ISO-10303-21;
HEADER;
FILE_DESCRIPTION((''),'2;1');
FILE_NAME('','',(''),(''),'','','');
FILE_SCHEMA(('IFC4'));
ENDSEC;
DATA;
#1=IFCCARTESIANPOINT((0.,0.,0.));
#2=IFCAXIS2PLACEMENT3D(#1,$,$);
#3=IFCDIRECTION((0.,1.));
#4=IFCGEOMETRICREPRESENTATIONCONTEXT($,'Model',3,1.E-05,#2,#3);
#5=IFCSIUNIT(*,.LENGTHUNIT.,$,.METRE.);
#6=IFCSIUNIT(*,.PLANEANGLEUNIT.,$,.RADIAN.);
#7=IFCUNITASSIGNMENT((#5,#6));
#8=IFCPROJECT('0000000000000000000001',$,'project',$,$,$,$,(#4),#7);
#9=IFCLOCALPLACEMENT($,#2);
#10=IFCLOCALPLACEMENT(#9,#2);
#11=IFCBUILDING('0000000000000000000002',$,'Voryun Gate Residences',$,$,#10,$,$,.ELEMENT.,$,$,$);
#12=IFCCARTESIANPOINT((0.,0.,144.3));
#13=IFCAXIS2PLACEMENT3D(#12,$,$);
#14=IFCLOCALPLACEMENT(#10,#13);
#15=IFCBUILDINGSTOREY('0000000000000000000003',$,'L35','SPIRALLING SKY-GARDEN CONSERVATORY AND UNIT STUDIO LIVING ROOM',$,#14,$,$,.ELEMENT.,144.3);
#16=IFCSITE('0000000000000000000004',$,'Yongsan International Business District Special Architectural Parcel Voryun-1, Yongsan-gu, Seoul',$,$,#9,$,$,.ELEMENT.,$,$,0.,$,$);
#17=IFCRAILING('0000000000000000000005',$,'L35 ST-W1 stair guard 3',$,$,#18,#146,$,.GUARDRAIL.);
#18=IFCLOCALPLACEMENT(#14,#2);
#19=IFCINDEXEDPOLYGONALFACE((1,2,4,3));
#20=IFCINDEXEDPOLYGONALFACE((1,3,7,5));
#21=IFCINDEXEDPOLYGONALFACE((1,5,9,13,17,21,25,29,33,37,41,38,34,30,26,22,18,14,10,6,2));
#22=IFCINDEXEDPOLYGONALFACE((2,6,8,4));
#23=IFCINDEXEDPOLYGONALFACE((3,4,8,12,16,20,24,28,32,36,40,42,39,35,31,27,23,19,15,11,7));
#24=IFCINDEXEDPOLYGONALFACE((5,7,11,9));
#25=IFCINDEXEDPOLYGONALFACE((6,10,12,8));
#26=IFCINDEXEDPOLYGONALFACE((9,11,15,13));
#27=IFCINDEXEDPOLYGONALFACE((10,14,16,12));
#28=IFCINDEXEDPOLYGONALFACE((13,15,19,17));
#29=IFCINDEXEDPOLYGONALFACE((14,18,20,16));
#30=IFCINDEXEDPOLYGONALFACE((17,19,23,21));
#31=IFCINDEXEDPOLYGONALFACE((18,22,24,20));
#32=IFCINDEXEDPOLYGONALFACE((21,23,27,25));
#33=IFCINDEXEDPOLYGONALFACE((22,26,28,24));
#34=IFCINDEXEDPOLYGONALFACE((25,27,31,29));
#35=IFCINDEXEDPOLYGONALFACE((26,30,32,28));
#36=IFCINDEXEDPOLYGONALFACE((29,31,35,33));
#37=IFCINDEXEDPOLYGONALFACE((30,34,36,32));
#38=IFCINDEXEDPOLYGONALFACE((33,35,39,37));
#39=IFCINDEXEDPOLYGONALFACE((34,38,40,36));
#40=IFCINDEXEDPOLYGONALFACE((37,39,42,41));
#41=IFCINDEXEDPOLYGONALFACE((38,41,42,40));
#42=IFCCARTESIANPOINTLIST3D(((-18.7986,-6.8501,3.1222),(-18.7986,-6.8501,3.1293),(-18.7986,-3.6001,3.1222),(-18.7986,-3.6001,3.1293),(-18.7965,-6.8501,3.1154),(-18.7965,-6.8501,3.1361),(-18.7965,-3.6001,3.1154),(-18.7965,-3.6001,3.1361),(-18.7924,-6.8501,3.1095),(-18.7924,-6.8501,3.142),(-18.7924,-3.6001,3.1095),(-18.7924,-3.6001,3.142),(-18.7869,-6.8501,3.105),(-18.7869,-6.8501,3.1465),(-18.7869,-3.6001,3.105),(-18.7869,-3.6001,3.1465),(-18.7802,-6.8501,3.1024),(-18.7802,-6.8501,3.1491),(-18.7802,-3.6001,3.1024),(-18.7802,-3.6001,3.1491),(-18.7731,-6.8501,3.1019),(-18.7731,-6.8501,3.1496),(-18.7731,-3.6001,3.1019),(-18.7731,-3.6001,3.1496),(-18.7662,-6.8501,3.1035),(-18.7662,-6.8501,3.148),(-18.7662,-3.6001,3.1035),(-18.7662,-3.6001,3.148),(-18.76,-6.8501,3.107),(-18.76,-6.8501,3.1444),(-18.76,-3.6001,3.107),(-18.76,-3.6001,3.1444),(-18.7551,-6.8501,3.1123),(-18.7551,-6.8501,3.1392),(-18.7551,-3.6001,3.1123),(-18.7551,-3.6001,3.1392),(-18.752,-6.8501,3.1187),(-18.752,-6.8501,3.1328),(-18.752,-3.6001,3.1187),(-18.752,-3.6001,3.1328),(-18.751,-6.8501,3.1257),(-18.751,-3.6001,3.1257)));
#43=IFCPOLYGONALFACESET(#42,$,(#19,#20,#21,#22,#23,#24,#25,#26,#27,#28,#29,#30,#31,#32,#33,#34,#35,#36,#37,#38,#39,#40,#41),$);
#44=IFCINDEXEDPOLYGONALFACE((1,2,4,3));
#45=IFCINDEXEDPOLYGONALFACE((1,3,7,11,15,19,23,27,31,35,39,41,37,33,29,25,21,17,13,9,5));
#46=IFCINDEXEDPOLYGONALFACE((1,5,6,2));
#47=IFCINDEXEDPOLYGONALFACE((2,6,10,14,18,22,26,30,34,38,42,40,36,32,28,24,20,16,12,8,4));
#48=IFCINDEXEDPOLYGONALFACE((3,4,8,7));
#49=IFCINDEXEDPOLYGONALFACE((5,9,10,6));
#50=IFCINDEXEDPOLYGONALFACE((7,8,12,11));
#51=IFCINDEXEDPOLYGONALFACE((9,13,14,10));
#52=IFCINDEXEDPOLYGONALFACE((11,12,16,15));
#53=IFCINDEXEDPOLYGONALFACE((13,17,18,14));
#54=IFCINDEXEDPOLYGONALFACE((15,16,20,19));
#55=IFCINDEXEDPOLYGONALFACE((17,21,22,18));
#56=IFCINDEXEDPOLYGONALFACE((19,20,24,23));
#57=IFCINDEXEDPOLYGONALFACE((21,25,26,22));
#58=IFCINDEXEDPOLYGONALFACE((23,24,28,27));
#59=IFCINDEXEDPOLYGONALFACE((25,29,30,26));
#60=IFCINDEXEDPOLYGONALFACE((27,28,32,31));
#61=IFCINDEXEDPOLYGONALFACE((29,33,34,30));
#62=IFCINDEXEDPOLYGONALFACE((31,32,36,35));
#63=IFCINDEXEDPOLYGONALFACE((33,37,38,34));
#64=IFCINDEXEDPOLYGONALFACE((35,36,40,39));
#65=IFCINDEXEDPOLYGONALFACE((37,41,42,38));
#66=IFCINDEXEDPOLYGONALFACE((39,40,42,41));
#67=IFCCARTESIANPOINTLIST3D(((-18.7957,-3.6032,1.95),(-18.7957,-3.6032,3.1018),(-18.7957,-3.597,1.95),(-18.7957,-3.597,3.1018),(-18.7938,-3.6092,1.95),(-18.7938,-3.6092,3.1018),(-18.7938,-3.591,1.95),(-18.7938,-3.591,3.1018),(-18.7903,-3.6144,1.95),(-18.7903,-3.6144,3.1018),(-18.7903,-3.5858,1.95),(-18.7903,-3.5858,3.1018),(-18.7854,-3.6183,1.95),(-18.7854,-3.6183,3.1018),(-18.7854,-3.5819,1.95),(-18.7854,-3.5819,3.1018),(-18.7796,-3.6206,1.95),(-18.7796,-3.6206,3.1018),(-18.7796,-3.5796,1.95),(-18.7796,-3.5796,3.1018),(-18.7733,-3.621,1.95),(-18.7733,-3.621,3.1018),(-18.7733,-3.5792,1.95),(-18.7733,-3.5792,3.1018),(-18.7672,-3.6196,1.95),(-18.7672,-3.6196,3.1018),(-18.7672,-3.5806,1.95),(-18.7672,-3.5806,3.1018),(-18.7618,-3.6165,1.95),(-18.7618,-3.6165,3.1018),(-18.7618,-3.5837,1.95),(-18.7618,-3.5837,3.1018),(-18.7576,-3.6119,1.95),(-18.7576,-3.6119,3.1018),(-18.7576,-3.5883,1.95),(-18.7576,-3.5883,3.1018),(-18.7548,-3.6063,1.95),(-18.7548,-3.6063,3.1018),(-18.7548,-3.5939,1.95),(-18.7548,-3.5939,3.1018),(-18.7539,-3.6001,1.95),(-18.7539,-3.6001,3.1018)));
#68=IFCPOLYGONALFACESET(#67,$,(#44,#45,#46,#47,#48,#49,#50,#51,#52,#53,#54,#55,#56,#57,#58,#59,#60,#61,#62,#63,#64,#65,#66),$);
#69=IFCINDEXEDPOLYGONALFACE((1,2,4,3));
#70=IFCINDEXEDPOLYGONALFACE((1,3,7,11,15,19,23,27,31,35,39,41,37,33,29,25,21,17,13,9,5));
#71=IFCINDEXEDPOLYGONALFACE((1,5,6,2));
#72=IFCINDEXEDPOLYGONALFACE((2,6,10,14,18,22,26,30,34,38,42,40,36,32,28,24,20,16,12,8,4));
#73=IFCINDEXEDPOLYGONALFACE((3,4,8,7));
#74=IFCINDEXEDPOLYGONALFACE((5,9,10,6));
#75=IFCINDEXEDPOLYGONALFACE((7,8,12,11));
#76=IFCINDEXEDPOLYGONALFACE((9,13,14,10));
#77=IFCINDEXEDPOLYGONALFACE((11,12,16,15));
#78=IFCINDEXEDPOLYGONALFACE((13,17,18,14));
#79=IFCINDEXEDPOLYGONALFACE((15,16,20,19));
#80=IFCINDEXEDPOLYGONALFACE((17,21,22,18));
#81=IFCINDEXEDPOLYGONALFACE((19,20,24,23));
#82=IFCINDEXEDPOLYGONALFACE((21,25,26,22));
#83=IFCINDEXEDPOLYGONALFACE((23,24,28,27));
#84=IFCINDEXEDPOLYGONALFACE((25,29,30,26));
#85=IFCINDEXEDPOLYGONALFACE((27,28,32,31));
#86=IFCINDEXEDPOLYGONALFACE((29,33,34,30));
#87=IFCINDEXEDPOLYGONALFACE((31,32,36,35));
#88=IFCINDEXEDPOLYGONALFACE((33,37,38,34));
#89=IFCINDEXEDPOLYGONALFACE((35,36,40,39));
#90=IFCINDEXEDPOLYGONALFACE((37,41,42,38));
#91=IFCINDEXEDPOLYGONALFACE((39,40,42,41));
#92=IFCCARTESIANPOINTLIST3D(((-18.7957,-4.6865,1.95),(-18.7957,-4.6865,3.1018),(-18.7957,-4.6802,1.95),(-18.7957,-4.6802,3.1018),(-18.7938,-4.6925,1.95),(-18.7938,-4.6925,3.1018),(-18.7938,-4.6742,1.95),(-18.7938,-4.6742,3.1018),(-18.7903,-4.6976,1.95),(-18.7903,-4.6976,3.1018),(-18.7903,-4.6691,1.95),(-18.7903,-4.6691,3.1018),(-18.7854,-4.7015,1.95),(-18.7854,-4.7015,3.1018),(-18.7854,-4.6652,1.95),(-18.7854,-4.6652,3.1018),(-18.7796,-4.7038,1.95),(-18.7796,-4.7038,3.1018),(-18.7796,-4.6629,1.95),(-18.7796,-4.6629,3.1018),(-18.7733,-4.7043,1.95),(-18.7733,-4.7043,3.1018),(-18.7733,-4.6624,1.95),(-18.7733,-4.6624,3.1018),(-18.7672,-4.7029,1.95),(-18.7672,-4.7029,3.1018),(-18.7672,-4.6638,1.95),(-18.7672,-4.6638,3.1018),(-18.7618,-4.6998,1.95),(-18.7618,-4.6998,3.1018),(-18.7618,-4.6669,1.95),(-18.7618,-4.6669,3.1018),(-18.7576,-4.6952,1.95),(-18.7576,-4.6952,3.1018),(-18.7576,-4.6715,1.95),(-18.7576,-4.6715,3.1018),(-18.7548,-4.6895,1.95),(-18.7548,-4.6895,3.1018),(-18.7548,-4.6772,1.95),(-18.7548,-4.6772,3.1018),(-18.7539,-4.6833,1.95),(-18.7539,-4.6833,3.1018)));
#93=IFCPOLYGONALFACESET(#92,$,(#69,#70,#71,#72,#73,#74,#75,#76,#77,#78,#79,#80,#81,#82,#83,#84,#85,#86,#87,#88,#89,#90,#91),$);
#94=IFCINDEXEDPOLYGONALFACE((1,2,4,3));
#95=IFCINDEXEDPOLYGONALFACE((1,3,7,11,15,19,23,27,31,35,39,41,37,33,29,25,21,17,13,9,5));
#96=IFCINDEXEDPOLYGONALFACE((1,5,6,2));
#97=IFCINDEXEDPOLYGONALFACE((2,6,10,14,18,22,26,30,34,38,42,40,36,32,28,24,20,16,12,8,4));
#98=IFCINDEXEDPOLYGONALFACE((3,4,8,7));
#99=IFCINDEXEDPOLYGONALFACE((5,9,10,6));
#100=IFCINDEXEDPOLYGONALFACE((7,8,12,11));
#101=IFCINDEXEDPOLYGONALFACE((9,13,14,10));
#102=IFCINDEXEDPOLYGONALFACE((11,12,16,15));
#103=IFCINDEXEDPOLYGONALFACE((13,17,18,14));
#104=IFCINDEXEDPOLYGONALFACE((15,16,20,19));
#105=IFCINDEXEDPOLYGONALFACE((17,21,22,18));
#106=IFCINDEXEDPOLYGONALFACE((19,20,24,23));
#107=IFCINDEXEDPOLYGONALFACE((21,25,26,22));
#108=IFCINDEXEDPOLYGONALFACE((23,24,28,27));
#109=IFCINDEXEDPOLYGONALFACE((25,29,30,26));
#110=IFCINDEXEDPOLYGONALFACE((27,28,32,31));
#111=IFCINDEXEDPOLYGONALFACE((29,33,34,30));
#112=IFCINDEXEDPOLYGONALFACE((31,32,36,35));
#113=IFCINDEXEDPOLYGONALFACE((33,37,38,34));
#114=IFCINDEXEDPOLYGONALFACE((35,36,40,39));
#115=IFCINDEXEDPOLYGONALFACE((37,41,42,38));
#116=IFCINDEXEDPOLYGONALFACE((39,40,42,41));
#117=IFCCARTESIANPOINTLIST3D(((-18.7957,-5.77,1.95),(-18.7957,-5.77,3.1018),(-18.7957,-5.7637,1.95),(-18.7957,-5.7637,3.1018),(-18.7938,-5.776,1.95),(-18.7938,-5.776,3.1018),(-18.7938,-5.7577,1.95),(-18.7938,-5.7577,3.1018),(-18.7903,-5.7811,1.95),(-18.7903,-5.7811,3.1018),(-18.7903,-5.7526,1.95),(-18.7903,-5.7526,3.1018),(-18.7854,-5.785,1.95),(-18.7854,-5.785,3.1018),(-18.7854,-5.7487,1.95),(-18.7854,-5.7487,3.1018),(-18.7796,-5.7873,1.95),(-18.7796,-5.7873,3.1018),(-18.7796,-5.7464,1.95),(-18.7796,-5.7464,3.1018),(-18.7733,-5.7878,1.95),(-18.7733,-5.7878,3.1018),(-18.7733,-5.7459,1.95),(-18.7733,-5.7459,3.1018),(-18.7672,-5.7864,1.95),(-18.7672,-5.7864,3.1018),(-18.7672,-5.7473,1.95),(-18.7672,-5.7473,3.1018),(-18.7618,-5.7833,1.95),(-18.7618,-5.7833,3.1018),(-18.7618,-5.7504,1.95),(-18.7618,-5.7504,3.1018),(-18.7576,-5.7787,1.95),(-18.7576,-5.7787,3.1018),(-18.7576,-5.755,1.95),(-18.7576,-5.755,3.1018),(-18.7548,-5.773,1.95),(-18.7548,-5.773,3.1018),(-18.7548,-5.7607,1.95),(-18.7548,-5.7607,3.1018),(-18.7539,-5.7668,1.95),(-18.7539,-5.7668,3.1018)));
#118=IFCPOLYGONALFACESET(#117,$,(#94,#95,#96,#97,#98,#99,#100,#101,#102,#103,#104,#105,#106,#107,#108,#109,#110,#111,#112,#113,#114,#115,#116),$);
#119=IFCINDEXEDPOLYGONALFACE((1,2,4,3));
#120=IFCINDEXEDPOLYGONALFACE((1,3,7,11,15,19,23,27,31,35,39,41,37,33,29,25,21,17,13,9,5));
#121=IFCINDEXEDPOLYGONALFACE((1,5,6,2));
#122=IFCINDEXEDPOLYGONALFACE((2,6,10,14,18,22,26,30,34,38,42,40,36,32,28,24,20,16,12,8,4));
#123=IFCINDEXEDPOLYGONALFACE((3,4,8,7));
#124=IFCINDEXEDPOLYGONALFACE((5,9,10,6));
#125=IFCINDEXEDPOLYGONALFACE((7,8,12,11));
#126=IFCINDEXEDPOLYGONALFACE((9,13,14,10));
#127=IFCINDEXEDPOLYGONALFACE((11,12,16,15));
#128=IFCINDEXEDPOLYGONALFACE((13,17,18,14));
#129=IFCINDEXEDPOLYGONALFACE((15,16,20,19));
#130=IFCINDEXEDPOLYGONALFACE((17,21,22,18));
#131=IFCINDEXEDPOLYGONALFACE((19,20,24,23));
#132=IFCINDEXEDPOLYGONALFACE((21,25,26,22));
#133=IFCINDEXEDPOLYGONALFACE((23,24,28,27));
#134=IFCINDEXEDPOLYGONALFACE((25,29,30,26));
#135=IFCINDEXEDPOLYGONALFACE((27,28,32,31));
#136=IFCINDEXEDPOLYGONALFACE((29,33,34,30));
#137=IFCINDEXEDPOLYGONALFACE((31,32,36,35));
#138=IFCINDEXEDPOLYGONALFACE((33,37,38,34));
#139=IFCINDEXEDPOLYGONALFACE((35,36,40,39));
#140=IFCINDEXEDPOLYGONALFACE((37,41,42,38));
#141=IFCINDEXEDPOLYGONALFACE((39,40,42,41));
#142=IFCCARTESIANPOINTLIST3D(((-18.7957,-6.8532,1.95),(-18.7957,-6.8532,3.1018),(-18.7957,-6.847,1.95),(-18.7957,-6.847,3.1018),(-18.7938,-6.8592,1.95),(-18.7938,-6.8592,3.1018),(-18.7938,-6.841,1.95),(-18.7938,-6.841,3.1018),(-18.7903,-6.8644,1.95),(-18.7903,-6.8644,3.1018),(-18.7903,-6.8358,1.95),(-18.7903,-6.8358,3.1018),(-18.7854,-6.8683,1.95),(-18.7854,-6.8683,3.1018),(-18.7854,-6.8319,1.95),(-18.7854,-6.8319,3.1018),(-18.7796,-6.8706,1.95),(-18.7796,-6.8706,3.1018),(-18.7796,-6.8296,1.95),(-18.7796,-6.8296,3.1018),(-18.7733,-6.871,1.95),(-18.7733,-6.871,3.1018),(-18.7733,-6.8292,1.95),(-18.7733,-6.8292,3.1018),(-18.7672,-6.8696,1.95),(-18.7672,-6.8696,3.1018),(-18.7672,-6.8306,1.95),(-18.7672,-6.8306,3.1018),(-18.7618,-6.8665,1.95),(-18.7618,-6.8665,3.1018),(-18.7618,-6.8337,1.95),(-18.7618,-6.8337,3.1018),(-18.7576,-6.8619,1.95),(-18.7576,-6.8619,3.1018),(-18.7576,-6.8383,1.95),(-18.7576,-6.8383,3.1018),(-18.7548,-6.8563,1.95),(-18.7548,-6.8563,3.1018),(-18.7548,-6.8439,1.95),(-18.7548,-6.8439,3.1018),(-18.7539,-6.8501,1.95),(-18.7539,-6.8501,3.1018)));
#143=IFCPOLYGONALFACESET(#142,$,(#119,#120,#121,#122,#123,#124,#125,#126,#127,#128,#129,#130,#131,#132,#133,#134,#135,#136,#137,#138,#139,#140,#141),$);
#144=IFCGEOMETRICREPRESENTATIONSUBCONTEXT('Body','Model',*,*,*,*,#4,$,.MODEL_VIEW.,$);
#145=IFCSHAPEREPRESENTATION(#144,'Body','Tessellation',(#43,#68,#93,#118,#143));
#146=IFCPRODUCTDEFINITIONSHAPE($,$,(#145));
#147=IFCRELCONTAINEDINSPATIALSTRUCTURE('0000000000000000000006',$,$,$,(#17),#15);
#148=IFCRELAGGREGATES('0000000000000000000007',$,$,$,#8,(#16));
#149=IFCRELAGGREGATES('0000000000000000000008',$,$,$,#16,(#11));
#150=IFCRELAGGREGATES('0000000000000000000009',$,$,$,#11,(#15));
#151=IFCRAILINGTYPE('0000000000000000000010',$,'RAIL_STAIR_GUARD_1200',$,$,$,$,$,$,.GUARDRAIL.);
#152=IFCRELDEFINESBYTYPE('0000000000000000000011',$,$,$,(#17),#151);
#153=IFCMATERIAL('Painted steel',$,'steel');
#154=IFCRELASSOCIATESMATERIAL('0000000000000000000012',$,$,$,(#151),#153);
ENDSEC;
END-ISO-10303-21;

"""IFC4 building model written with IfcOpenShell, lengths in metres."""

from ifc_helpers import new_model, si_unit, direction, frame, origin, origin_2d, place, context, subcontext, project, spatial, circle, extrude, material, type_object, element, save


model = new_model("IFC4")

# Units and contexts
model_context = context("Model", 3, precision=1e-05, world=origin(), true_north=direction((0.0, 1.0)))
body_context = subcontext(model_context, "Body", "Model", "MODEL_VIEW")
ifc_project = project(units=[si_unit("LENGTHUNIT", "METRE"), si_unit("PLANEANGLEUNIT", "RADIAN")], contexts=[model_context])

# Site, building, storey
site_placement = place(None, origin())
site = spatial("IfcSite", under=ifc_project, at=site_placement, Name="Yongsan International Business District Special Architectural Parcel Voryun-1, Yongsan-gu, Seoul", CompositionType="ELEMENT", RefElevation=0.0)
building_placement = place(site_placement, origin())
building = spatial("IfcBuilding", under=site, at=building_placement, Name="Voryun Gate Residences", CompositionType="ELEMENT")
storey_placement = place(building_placement, frame((0.0, 0.0, 144.3)))
storey = spatial("IfcBuildingStorey", under=building, at=storey_placement, Name="L35", Description="SPIRALLING SKY-GARDEN CONSERVATORY AND UNIT STUDIO LIVING ROOM", CompositionType="ELEMENT", Elevation=144.3)

# Railing
ifc_material_1 = material(Name="Painted steel", Category="steel")
railing_type_1 = type_object("IfcRailingType", Name="RAIL_STAIR_GUARD_1200", PredefinedType="GUARDRAIL", material=ifc_material_1)
for number, where, name in (
    (1, (-18.7749, -3.6001, 1.95), "L35 ST-W1 stair guard 3"),
):
    element("IfcRailing", number, at=place(storey_placement, frame(where)), inside=storey, type_object=railing_type_1, Name=name, PredefinedType="GUARDRAIL", context=body_context, shape_type="SweptSolid", body=[
        extrude(circle(Radius=0.0239, at=origin_2d()), frame((0.0, 0.0, 1.1758), z_axis=(0.0, -1.0, 0.0), x_axis=(1.0, 0.0, 0.0)), (0.0, 0.0, 1.0), 3.25),
        extrude(circle(Radius=0.021, at=origin_2d()), origin(), (0.0, 0.0, 1.0), 1.1519),
        extrude(circle(Radius=0.021, at=origin_2d()), frame((0.0, -1.0833, 0.0)), (0.0, 0.0, 1.0), 1.1519),
        extrude(circle(Radius=0.021, at=origin_2d()), frame((0.0, -2.1667, 0.0)), (0.0, 0.0, 1.0), 1.1519),
        extrude(circle(Radius=0.021, at=origin_2d()), frame((0.0, -3.25, 0.0)), (0.0, 0.0, 1.0), 1.1519),
    ])

save(model, "model.ifc")
